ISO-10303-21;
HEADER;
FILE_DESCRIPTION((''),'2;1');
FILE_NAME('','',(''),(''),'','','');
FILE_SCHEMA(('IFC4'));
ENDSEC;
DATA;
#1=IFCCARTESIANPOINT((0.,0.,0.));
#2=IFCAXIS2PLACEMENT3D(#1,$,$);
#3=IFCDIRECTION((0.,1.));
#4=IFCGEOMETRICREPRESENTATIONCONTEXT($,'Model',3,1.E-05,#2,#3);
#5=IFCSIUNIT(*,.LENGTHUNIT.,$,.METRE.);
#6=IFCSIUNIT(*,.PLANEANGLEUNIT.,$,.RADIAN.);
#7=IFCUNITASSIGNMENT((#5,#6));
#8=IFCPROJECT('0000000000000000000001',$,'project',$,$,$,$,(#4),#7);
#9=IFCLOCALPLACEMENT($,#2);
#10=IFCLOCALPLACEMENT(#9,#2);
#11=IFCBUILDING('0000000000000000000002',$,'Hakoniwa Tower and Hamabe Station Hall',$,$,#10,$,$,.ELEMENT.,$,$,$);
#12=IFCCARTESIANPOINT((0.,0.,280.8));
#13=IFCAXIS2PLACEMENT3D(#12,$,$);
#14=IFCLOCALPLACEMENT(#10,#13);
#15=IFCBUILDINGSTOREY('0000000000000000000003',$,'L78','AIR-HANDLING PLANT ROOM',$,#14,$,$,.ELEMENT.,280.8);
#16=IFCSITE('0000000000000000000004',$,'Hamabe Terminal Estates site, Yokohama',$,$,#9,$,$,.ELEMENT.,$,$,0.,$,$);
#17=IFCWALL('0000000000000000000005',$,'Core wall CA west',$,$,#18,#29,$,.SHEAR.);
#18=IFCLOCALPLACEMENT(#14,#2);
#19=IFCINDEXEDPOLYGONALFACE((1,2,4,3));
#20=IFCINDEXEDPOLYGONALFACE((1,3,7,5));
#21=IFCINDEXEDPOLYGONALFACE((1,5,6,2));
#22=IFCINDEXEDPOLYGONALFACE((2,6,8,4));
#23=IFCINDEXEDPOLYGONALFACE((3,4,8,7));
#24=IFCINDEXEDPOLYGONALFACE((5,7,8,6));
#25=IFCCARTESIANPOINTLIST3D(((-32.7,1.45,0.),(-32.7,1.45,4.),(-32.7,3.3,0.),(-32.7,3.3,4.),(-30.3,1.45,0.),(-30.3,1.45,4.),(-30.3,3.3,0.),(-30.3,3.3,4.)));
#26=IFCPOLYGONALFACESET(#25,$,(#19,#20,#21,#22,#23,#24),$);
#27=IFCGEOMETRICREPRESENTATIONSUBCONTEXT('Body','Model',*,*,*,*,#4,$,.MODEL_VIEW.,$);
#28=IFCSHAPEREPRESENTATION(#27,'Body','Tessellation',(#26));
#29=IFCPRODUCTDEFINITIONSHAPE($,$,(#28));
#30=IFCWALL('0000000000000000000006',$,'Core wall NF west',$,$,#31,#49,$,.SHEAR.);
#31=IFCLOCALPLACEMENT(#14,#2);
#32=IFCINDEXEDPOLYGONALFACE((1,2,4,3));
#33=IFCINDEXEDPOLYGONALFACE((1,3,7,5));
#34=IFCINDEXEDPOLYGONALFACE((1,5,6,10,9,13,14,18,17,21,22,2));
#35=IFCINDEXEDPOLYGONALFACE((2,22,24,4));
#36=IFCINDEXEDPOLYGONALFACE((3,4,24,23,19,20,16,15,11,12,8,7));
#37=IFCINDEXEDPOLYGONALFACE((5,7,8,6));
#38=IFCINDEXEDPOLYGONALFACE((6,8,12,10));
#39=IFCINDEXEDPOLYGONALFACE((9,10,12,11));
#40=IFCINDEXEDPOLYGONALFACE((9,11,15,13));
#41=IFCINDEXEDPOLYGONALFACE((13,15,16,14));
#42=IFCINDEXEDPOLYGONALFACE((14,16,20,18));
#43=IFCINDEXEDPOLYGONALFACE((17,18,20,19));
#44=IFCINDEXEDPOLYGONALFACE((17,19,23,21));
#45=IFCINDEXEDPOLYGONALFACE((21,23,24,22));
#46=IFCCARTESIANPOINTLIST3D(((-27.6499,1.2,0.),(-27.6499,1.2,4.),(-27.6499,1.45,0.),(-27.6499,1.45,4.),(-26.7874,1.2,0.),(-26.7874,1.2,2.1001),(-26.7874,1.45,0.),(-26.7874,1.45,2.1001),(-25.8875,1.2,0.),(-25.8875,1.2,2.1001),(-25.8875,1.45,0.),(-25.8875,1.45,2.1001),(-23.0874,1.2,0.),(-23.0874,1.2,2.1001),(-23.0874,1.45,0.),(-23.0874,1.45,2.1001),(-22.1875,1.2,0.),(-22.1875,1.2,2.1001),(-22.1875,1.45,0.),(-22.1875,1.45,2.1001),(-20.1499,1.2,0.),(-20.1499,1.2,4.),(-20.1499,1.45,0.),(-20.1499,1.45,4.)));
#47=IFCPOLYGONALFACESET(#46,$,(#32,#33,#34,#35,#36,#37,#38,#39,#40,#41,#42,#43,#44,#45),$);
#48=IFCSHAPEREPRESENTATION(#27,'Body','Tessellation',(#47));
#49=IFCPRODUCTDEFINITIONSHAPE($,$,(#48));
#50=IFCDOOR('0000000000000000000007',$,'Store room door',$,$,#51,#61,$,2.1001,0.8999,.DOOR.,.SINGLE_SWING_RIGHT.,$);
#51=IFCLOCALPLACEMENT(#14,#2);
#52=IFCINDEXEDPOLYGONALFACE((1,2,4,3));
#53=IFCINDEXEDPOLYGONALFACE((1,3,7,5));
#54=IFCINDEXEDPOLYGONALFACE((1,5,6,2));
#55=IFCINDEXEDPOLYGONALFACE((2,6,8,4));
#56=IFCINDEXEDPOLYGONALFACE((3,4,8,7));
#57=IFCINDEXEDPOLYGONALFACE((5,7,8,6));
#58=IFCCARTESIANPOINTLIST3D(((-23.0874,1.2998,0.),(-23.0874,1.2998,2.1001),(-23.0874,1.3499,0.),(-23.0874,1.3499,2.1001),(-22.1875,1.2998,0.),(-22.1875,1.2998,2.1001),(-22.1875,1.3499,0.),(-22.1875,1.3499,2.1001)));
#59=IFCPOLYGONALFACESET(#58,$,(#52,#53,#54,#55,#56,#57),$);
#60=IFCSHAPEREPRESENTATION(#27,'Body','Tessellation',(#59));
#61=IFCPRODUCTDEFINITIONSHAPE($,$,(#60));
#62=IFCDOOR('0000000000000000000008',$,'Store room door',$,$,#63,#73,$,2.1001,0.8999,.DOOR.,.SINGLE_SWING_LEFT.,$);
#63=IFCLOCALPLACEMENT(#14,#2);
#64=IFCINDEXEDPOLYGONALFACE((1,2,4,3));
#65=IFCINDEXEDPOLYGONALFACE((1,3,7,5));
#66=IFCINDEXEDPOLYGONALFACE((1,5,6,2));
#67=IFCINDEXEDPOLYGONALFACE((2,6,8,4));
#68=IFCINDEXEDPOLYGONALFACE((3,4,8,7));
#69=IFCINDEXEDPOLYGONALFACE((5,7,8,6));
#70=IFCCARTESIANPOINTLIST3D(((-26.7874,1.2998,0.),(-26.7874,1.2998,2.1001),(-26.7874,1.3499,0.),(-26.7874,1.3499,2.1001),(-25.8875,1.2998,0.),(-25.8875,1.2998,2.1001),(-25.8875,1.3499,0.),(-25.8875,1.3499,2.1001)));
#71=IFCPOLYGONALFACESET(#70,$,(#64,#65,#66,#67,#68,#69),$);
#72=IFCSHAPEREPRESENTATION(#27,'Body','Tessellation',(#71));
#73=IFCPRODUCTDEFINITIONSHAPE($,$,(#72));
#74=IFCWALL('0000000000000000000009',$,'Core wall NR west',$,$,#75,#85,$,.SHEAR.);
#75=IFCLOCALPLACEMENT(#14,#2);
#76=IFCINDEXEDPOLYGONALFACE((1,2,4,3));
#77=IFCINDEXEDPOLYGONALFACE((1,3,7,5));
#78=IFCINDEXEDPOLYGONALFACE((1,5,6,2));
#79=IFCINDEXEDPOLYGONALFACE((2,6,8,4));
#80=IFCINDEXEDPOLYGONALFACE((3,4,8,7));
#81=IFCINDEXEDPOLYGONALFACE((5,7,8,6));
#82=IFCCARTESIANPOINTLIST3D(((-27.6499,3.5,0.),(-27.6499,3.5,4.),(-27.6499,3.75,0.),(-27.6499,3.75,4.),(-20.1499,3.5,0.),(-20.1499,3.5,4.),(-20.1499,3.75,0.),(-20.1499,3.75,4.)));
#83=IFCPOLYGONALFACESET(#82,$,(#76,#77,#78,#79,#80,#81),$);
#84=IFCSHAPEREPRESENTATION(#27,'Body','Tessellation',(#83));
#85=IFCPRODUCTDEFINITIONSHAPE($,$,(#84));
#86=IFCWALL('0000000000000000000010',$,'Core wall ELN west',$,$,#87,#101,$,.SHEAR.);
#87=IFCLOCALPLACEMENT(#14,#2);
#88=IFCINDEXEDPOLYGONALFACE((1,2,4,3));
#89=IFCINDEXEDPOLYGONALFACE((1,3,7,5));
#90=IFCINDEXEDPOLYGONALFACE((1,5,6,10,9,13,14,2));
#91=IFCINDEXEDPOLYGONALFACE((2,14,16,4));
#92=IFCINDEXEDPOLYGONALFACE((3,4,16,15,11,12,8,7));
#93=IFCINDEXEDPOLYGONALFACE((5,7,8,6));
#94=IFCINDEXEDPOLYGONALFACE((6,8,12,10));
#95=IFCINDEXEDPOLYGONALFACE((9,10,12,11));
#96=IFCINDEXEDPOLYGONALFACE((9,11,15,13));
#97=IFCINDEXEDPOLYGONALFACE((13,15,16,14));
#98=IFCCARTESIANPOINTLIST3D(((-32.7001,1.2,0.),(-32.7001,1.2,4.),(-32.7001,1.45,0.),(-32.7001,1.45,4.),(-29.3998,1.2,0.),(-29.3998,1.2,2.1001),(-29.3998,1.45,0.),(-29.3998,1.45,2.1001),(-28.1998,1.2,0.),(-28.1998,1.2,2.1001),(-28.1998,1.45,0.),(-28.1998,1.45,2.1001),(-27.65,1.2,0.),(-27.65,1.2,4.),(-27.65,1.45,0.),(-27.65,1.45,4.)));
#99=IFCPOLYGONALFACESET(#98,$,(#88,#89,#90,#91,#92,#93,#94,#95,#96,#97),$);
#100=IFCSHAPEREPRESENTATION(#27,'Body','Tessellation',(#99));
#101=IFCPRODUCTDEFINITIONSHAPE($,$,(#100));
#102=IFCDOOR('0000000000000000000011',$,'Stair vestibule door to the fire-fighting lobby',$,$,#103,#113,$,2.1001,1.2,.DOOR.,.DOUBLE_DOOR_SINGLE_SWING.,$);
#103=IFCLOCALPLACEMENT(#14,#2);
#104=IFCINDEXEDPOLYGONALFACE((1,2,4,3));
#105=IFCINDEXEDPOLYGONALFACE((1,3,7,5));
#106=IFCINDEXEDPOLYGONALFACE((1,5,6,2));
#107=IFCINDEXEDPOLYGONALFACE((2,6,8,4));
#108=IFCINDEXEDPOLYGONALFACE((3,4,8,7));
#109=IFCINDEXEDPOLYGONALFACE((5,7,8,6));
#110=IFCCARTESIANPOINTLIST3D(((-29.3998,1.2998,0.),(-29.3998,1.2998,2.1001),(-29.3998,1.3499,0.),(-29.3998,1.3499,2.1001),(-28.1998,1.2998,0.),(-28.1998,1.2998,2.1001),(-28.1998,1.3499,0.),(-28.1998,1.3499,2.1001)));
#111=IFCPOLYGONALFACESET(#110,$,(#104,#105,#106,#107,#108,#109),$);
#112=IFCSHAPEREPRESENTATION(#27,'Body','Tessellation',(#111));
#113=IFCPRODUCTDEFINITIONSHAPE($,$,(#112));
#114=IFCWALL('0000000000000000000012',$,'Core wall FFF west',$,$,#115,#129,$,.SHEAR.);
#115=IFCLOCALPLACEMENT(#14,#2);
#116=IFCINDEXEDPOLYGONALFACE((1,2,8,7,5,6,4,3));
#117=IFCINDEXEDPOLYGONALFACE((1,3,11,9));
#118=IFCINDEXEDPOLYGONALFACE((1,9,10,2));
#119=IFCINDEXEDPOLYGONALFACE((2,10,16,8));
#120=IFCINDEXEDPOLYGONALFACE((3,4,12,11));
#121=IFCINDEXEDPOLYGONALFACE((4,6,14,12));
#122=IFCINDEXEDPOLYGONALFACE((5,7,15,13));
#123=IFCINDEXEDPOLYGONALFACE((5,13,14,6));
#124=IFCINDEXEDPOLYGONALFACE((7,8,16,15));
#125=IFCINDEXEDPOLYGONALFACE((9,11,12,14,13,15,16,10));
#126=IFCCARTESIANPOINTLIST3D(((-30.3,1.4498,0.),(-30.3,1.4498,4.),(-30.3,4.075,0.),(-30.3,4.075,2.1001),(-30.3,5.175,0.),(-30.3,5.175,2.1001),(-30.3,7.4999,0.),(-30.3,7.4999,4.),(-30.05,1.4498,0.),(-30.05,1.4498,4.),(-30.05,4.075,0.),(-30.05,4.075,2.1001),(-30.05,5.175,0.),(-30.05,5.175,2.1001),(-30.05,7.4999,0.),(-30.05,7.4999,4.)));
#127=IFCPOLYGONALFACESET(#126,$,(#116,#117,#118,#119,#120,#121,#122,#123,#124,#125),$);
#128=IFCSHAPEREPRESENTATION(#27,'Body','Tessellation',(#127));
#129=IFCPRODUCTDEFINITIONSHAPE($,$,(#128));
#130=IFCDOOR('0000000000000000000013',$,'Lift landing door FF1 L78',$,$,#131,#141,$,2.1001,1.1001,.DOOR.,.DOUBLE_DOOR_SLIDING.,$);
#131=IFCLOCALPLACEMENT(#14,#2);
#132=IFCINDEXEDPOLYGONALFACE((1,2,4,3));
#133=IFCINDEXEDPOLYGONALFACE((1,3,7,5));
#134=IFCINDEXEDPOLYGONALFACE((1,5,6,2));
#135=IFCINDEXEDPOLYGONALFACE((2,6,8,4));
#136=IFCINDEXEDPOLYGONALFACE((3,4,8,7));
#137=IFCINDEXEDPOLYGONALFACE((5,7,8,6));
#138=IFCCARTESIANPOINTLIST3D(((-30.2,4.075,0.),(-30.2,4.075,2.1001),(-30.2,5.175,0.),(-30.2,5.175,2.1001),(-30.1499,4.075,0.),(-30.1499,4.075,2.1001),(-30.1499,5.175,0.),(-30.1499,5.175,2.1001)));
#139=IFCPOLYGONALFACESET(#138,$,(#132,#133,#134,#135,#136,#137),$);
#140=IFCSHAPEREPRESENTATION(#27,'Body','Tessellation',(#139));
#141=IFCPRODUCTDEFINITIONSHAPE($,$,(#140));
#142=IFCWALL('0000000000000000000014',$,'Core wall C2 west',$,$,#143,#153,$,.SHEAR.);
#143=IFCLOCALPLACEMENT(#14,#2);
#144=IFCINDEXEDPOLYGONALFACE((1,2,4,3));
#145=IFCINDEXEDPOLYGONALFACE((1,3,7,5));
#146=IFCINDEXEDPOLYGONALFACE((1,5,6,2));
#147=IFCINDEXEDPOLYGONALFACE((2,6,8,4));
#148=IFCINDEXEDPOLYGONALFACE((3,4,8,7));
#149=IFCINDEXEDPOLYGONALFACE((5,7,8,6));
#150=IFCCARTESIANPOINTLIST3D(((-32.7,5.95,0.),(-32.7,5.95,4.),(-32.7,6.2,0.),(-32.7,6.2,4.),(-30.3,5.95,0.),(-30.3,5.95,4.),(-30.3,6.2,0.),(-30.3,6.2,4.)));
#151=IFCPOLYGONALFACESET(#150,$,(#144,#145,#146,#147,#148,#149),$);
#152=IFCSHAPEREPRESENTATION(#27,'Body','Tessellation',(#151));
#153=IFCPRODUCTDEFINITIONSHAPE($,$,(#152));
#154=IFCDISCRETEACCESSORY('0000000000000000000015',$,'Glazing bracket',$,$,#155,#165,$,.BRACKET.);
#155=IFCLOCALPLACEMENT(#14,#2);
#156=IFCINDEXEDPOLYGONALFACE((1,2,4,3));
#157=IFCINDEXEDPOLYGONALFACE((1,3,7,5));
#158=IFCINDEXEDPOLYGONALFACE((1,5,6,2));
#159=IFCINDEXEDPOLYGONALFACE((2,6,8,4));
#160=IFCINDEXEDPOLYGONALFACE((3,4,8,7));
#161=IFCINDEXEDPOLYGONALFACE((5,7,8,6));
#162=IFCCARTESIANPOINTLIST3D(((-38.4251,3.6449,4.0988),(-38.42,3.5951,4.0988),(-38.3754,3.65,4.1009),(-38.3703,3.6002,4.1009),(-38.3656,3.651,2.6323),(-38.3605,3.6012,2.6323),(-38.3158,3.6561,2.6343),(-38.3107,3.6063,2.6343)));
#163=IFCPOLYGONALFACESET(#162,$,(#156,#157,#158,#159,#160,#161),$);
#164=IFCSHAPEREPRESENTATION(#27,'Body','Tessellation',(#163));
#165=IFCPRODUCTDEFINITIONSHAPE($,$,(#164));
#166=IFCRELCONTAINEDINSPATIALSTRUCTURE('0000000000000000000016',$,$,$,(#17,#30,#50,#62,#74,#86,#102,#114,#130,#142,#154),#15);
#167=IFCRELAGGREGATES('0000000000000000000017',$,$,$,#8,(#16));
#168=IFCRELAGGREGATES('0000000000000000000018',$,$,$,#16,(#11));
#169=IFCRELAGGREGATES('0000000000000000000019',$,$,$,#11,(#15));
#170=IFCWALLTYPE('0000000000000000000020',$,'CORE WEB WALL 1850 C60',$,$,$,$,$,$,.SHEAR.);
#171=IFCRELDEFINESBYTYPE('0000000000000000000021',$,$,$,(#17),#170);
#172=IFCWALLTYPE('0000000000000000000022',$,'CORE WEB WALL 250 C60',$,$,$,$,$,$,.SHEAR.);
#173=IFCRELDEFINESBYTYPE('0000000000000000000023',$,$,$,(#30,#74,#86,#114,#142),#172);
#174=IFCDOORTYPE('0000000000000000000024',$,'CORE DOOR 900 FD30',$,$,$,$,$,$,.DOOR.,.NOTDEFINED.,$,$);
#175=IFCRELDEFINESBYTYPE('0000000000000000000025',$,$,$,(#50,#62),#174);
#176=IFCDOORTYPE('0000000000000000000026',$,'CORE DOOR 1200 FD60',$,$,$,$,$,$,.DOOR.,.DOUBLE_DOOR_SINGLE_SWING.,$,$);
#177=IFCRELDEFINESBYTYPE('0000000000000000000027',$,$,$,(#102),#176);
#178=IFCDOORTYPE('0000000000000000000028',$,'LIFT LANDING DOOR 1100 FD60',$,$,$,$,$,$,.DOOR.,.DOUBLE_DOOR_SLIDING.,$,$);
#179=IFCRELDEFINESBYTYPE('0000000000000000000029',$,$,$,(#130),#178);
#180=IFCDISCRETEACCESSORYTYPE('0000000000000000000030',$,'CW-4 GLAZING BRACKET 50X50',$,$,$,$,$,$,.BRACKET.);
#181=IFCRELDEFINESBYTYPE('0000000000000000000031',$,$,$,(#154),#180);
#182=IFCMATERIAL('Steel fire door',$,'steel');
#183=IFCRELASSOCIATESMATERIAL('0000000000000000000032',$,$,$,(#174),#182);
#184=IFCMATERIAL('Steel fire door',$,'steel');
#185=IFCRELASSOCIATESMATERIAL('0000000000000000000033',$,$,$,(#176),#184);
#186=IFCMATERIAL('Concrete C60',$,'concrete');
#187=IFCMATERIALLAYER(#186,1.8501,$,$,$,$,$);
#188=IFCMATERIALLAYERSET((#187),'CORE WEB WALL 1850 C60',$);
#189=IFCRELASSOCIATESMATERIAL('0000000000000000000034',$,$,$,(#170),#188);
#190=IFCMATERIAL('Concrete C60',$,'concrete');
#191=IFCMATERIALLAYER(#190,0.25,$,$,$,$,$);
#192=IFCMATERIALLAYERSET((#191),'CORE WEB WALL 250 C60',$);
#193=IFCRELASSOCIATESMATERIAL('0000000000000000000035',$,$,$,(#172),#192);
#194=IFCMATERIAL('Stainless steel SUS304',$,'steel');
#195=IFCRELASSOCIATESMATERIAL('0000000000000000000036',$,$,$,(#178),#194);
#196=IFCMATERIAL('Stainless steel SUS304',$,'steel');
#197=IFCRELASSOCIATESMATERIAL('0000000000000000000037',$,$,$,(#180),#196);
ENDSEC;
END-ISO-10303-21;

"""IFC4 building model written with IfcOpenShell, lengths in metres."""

from ifc_helpers import new_model, si_unit, direction, frame, frame_2d, origin, origin_2d, place, context, subcontext, project, spatial, rectangle, extrude, material, layer, layer_set, material_profile, profile_set, type_object, element, fill, save


model = new_model("IFC4")

# Units and contexts
model_context = context("Model", 3, precision=1e-05, world=origin(), true_north=direction((0.0, 1.0)))
body_context = subcontext(model_context, "Body", "Model", "MODEL_VIEW")
ifc_project = project(units=[si_unit("LENGTHUNIT", "METRE"), si_unit("PLANEANGLEUNIT", "RADIAN")], contexts=[model_context])

# Site, building, storey
site_placement = place(None, origin())
site = spatial("IfcSite", under=ifc_project, at=site_placement, Name="Hamabe Terminal Estates site, Yokohama", CompositionType="ELEMENT", RefElevation=0.0)
building_placement = place(site_placement, origin())
building = spatial("IfcBuilding", under=site, at=building_placement, Name="Hakoniwa Tower and Hamabe Station Hall", CompositionType="ELEMENT")
storey_placement = place(building_placement, frame((0.0, 0.0, 280.8)))
storey = spatial("IfcBuildingStorey", under=building, at=storey_placement, Name="L78", Description="AIR-HANDLING PLANT ROOM", CompositionType="ELEMENT", Elevation=280.8)

# Shared definitions
ifc_material_1 = material(Name="Steel fire door", Category="steel")
door_type_1 = type_object("IfcDoorType", Name="CORE DOOR 900 FD30", OperationType="NOTDEFINED", PredefinedType="DOOR", material=ifc_material_1)

# Shared definitions
ifc_material_2 = material(Name="Steel fire door", Category="steel")
door_type_2 = type_object("IfcDoorType", Name="CORE DOOR 1200 FD60", OperationType="DOUBLE_DOOR_SINGLE_SWING", PredefinedType="DOOR", material=ifc_material_2)

# Wall
ifc_material_3 = material(Name="Concrete C60", Category="concrete")
ifc_layer_1 = layer(ifc_material_3, 1.8501)
ifc_layer_set_1 = layer_set([ifc_layer_1], Name="CORE WEB WALL 1850 C60")
wall_type_1 = type_object("IfcWallType", Name="CORE WEB WALL 1850 C60", PredefinedType="SHEAR", material=ifc_layer_set_1)
wall_1_placement = place(storey_placement, frame((-32.7, 2.375, 0.0), z_axis=(0.0, 0.0, 1.0), x_axis=(1.0, 0.0, 0.0)))
element("IfcWall", 1, at=wall_1_placement, inside=storey, type_object=wall_type_1, Name="Core wall CA west", PredefinedType="SHEAR", context=body_context, shape_type="SweptSolid", body=[
    extrude(rectangle(XDim=2.3999, YDim=1.8501, at=frame_2d((1.2, 0.0))), origin(), (0.0, 0.0, 1.0), 4.0),
])

# Wall, openings, doors
ifc_material_4 = material(Name="Concrete C60", Category="concrete")
ifc_layer_2 = layer(ifc_material_4, 0.25)
ifc_layer_set_2 = layer_set([ifc_layer_2], Name="CORE WEB WALL 250 C60")
wall_type_2 = type_object("IfcWallType", Name="CORE WEB WALL 250 C60", PredefinedType="SHEAR", material=ifc_layer_set_2)
wall_2_placement = place(storey_placement, frame((-27.6499, 1.325, 0.0), z_axis=(0.0, 0.0, 1.0), x_axis=(1.0, 0.0, 0.0)))
wall_2 = element("IfcWall", 2, at=wall_2_placement, inside=storey, type_object=wall_type_2, Name="Core wall NF west", PredefinedType="SHEAR", context=body_context, shape_type="SweptSolid", body=[
    extrude(rectangle(XDim=7.5, YDim=0.25, at=frame_2d((3.75, 0.0))), origin(), (0.0, 0.0, 1.0), 4.0),
])
opening_1_placement = place(wall_2_placement, frame((4.5625, 0.0, 0.0)))
opening_1 = element("IfcOpeningElement", 3, at=opening_1_placement, cuts=wall_2, PredefinedType="OPENING", context=body_context, shape_type="SweptSolid", body=[
    extrude(rectangle(XDim=0.8999, YDim=2.1001, at=frame_2d((0.45, 1.05))), frame((0.0, 0.135, 0.0), z_axis=(0.0, -1.0, 0.0), x_axis=(1.0, 0.0, 0.0)), (0.0, 0.0, 1.0), 0.27),
])
opening_2_placement = place(wall_2_placement, frame((0.8625, 0.0, 0.0)))
opening_2 = element("IfcOpeningElement", 4, at=opening_2_placement, cuts=wall_2, PredefinedType="OPENING", context=body_context, shape_type="SweptSolid", body=[
    extrude(rectangle(XDim=0.8999, YDim=2.1001, at=frame_2d((0.45, 1.05))), frame((0.0, 0.135, 0.0), z_axis=(0.0, -1.0, 0.0), x_axis=(1.0, 0.0, 0.0)), (0.0, 0.0, 1.0), 0.27),
])
door_1_placement = place(opening_1_placement, origin())
door_1 = element("IfcDoor", 5, at=door_1_placement, inside=storey, type_object=door_type_1, Name="Store room door", OperationType="SINGLE_SWING_RIGHT", OverallHeight=2.1001, OverallWidth=0.8999, PredefinedType="DOOR", context=body_context, shape_type="SweptSolid", body=[
    extrude(rectangle(XDim=0.8999, YDim=2.1001, at=frame_2d((0.45, 1.05))), frame((0.0, 0.0249, 0.0), z_axis=(0.0, -1.0, 0.0), x_axis=(1.0, 0.0, 0.0)), (0.0, 0.0, 1.0), 0.05),
])
fill(opening_1, door_1)
door_2_placement = place(opening_2_placement, origin())
door_2 = element("IfcDoor", 6, at=door_2_placement, inside=storey, type_object=door_type_1, Name="Store room door", OperationType="SINGLE_SWING_LEFT", OverallHeight=2.1001, OverallWidth=0.8999, PredefinedType="DOOR", context=body_context, shape_type="SweptSolid", body=[
    extrude(rectangle(XDim=0.8999, YDim=2.1001, at=frame_2d((0.45, 1.05))), frame((0.0, 0.0249, 0.0), z_axis=(0.0, -1.0, 0.0), x_axis=(1.0, 0.0, 0.0)), (0.0, 0.0, 1.0), 0.05),
])
fill(opening_2, door_2)

# Wall
wall_3_placement = place(storey_placement, frame((-27.6499, 3.625, 0.0), z_axis=(0.0, 0.0, 1.0), x_axis=(1.0, 0.0, 0.0)))
element("IfcWall", 7, at=wall_3_placement, inside=storey, type_object=wall_type_2, Name="Core wall NR west", PredefinedType="SHEAR", context=body_context, shape_type="SweptSolid", body=[
    extrude(rectangle(XDim=7.5, YDim=0.25, at=frame_2d((3.75, 0.0))), origin(), (0.0, 0.0, 1.0), 4.0),
])

# Walls, openings, doors
wall_4_placement = place(storey_placement, frame((-32.7, 1.325, 0.0), z_axis=(0.0, 0.0, 1.0), x_axis=(1.0, 0.0, 0.0)))
wall_4 = element("IfcWall", 8, at=wall_4_placement, inside=storey, type_object=wall_type_2, Name="Core wall ELN west", PredefinedType="SHEAR", context=body_context, shape_type="SweptSolid", body=[
    extrude(rectangle(XDim=5.05, YDim=0.25, at=frame_2d((2.5249, 0.0))), origin(), (0.0, 0.0, 1.0), 4.0),
])
opening_3_placement = place(wall_4_placement, frame((3.3, 0.0, 0.0)))
opening_3 = element("IfcOpeningElement", 9, at=opening_3_placement, cuts=wall_4, PredefinedType="OPENING", context=body_context, shape_type="SweptSolid", body=[
    extrude(rectangle(XDim=1.2, YDim=2.1001, at=frame_2d((0.6001, 1.05))), frame((0.0, 0.135, 0.0), z_axis=(0.0, -1.0, 0.0), x_axis=(1.0, 0.0, 0.0)), (0.0, 0.0, 1.0), 0.27),
])
door_3_placement = place(opening_3_placement, origin())
door_3 = element("IfcDoor", 10, at=door_3_placement, inside=storey, type_object=door_type_2, Name="Stair vestibule door to the fire-fighting lobby", OperationType="DOUBLE_DOOR_SINGLE_SWING", OverallHeight=2.1001, OverallWidth=1.2, PredefinedType="DOOR", context=body_context, shape_type="SweptSolid", body=[
    extrude(rectangle(XDim=1.2, YDim=2.1001, at=frame_2d((0.6001, 1.05))), frame((0.0, 0.0249, 0.0), z_axis=(0.0, -1.0, 0.0), x_axis=(1.0, 0.0, 0.0)), (0.0, 0.0, 1.0), 0.05),
])
fill(opening_3, door_3)
wall_5_placement = place(storey_placement, frame((-30.175, 1.45, 0.0), z_axis=(0.0, 0.0, 1.0), x_axis=(0.0, 1.0, 0.0)))
wall_5 = element("IfcWall", 11, at=wall_5_placement, inside=storey, type_object=wall_type_2, Name="Core wall FFF west", PredefinedType="SHEAR", context=body_context, shape_type="SweptSolid", body=[
    extrude(rectangle(XDim=6.05, YDim=0.25, at=frame_2d((3.0249, 0.0))), origin(), (0.0, 0.0, 1.0), 4.0),
])
opening_4_placement = place(wall_5_placement, frame((2.625, 0.0, 0.0)))
opening_4 = element("IfcOpeningElement", 12, at=opening_4_placement, cuts=wall_5, PredefinedType="OPENING", context=body_context, shape_type="SweptSolid", body=[
    extrude(rectangle(XDim=1.1001, YDim=2.1001, at=frame_2d((0.55, 1.05))), frame((0.0, 0.135, 0.0), z_axis=(0.0, -1.0, 0.0), x_axis=(1.0, 0.0, 0.0)), (0.0, 0.0, 1.0), 0.27),
])
ifc_material_5 = material(Name="Stainless steel SUS304", Category="steel")
door_type_3 = type_object("IfcDoorType", Name="LIFT LANDING DOOR 1100 FD60", OperationType="DOUBLE_DOOR_SLIDING", PredefinedType="DOOR", material=ifc_material_5)
door_4_placement = place(opening_4_placement, origin())
door_4 = element("IfcDoor", 13, at=door_4_placement, inside=storey, type_object=door_type_3, Name="Lift landing door FF1 L78", OperationType="DOUBLE_DOOR_SLIDING", OverallHeight=2.1001, OverallWidth=1.1001, PredefinedType="DOOR", context=body_context, shape_type="SweptSolid", body=[
    extrude(rectangle(XDim=1.1001, YDim=2.1001, at=frame_2d((0.55, 1.05))), frame((0.0, 0.0249, 0.0), z_axis=(0.0, -1.0, 0.0), x_axis=(1.0, 0.0, 0.0)), (0.0, 0.0, 1.0), 0.05),
])
fill(opening_4, door_4)

# Wall
wall_6_placement = place(storey_placement, frame((-32.7, 6.075, 0.0), z_axis=(0.0, 0.0, 1.0), x_axis=(1.0, 0.0, 0.0)))
element("IfcWall", 14, at=wall_6_placement, inside=storey, type_object=wall_type_2, Name="Core wall C2 west", PredefinedType="SHEAR", context=body_context, shape_type="SweptSolid", body=[
    extrude(rectangle(XDim=2.3999, YDim=0.25, at=frame_2d((1.2, 0.0))), origin(), (0.0, 0.0, 1.0), 4.0),
])

# Discrete accessory
ifc_material_6 = material(Name="Stainless steel SUS304", Category="steel")
ifc_material_profile_1 = material_profile(ifc_material_6, rectangle(XDim=0.05, YDim=0.05, at=origin_2d()), Name="CW-4 GLAZING BRACKET 50X50")
ifc_profile_set_1 = profile_set([ifc_material_profile_1], Name="Stainless steel SUS304")
discrete_accessory_type = type_object("IfcDiscreteAccessoryType", Name="CW-4 GLAZING BRACKET 50X50", PredefinedType="BRACKET", material=ifc_profile_set_1)
discrete_accessory_placement = place(storey_placement, frame((-38.3381, 3.6287, 2.6333), z_axis=(-0.040585, -0.004158, 0.999167), x_axis=(0.101925, -0.994792, 0.0)))
element("IfcDiscreteAccessory", 15, at=discrete_accessory_placement, inside=storey, type_object=discrete_accessory_type, Name="Glazing bracket", PredefinedType="BRACKET", context=body_context, shape_type="SweptSolid", body=[
    extrude(rectangle(XDim=0.05, YDim=0.05, at=origin_2d()), origin(), (0.0, 0.0, 1.0), 1.4678),
])

save(model, "model.ifc")
